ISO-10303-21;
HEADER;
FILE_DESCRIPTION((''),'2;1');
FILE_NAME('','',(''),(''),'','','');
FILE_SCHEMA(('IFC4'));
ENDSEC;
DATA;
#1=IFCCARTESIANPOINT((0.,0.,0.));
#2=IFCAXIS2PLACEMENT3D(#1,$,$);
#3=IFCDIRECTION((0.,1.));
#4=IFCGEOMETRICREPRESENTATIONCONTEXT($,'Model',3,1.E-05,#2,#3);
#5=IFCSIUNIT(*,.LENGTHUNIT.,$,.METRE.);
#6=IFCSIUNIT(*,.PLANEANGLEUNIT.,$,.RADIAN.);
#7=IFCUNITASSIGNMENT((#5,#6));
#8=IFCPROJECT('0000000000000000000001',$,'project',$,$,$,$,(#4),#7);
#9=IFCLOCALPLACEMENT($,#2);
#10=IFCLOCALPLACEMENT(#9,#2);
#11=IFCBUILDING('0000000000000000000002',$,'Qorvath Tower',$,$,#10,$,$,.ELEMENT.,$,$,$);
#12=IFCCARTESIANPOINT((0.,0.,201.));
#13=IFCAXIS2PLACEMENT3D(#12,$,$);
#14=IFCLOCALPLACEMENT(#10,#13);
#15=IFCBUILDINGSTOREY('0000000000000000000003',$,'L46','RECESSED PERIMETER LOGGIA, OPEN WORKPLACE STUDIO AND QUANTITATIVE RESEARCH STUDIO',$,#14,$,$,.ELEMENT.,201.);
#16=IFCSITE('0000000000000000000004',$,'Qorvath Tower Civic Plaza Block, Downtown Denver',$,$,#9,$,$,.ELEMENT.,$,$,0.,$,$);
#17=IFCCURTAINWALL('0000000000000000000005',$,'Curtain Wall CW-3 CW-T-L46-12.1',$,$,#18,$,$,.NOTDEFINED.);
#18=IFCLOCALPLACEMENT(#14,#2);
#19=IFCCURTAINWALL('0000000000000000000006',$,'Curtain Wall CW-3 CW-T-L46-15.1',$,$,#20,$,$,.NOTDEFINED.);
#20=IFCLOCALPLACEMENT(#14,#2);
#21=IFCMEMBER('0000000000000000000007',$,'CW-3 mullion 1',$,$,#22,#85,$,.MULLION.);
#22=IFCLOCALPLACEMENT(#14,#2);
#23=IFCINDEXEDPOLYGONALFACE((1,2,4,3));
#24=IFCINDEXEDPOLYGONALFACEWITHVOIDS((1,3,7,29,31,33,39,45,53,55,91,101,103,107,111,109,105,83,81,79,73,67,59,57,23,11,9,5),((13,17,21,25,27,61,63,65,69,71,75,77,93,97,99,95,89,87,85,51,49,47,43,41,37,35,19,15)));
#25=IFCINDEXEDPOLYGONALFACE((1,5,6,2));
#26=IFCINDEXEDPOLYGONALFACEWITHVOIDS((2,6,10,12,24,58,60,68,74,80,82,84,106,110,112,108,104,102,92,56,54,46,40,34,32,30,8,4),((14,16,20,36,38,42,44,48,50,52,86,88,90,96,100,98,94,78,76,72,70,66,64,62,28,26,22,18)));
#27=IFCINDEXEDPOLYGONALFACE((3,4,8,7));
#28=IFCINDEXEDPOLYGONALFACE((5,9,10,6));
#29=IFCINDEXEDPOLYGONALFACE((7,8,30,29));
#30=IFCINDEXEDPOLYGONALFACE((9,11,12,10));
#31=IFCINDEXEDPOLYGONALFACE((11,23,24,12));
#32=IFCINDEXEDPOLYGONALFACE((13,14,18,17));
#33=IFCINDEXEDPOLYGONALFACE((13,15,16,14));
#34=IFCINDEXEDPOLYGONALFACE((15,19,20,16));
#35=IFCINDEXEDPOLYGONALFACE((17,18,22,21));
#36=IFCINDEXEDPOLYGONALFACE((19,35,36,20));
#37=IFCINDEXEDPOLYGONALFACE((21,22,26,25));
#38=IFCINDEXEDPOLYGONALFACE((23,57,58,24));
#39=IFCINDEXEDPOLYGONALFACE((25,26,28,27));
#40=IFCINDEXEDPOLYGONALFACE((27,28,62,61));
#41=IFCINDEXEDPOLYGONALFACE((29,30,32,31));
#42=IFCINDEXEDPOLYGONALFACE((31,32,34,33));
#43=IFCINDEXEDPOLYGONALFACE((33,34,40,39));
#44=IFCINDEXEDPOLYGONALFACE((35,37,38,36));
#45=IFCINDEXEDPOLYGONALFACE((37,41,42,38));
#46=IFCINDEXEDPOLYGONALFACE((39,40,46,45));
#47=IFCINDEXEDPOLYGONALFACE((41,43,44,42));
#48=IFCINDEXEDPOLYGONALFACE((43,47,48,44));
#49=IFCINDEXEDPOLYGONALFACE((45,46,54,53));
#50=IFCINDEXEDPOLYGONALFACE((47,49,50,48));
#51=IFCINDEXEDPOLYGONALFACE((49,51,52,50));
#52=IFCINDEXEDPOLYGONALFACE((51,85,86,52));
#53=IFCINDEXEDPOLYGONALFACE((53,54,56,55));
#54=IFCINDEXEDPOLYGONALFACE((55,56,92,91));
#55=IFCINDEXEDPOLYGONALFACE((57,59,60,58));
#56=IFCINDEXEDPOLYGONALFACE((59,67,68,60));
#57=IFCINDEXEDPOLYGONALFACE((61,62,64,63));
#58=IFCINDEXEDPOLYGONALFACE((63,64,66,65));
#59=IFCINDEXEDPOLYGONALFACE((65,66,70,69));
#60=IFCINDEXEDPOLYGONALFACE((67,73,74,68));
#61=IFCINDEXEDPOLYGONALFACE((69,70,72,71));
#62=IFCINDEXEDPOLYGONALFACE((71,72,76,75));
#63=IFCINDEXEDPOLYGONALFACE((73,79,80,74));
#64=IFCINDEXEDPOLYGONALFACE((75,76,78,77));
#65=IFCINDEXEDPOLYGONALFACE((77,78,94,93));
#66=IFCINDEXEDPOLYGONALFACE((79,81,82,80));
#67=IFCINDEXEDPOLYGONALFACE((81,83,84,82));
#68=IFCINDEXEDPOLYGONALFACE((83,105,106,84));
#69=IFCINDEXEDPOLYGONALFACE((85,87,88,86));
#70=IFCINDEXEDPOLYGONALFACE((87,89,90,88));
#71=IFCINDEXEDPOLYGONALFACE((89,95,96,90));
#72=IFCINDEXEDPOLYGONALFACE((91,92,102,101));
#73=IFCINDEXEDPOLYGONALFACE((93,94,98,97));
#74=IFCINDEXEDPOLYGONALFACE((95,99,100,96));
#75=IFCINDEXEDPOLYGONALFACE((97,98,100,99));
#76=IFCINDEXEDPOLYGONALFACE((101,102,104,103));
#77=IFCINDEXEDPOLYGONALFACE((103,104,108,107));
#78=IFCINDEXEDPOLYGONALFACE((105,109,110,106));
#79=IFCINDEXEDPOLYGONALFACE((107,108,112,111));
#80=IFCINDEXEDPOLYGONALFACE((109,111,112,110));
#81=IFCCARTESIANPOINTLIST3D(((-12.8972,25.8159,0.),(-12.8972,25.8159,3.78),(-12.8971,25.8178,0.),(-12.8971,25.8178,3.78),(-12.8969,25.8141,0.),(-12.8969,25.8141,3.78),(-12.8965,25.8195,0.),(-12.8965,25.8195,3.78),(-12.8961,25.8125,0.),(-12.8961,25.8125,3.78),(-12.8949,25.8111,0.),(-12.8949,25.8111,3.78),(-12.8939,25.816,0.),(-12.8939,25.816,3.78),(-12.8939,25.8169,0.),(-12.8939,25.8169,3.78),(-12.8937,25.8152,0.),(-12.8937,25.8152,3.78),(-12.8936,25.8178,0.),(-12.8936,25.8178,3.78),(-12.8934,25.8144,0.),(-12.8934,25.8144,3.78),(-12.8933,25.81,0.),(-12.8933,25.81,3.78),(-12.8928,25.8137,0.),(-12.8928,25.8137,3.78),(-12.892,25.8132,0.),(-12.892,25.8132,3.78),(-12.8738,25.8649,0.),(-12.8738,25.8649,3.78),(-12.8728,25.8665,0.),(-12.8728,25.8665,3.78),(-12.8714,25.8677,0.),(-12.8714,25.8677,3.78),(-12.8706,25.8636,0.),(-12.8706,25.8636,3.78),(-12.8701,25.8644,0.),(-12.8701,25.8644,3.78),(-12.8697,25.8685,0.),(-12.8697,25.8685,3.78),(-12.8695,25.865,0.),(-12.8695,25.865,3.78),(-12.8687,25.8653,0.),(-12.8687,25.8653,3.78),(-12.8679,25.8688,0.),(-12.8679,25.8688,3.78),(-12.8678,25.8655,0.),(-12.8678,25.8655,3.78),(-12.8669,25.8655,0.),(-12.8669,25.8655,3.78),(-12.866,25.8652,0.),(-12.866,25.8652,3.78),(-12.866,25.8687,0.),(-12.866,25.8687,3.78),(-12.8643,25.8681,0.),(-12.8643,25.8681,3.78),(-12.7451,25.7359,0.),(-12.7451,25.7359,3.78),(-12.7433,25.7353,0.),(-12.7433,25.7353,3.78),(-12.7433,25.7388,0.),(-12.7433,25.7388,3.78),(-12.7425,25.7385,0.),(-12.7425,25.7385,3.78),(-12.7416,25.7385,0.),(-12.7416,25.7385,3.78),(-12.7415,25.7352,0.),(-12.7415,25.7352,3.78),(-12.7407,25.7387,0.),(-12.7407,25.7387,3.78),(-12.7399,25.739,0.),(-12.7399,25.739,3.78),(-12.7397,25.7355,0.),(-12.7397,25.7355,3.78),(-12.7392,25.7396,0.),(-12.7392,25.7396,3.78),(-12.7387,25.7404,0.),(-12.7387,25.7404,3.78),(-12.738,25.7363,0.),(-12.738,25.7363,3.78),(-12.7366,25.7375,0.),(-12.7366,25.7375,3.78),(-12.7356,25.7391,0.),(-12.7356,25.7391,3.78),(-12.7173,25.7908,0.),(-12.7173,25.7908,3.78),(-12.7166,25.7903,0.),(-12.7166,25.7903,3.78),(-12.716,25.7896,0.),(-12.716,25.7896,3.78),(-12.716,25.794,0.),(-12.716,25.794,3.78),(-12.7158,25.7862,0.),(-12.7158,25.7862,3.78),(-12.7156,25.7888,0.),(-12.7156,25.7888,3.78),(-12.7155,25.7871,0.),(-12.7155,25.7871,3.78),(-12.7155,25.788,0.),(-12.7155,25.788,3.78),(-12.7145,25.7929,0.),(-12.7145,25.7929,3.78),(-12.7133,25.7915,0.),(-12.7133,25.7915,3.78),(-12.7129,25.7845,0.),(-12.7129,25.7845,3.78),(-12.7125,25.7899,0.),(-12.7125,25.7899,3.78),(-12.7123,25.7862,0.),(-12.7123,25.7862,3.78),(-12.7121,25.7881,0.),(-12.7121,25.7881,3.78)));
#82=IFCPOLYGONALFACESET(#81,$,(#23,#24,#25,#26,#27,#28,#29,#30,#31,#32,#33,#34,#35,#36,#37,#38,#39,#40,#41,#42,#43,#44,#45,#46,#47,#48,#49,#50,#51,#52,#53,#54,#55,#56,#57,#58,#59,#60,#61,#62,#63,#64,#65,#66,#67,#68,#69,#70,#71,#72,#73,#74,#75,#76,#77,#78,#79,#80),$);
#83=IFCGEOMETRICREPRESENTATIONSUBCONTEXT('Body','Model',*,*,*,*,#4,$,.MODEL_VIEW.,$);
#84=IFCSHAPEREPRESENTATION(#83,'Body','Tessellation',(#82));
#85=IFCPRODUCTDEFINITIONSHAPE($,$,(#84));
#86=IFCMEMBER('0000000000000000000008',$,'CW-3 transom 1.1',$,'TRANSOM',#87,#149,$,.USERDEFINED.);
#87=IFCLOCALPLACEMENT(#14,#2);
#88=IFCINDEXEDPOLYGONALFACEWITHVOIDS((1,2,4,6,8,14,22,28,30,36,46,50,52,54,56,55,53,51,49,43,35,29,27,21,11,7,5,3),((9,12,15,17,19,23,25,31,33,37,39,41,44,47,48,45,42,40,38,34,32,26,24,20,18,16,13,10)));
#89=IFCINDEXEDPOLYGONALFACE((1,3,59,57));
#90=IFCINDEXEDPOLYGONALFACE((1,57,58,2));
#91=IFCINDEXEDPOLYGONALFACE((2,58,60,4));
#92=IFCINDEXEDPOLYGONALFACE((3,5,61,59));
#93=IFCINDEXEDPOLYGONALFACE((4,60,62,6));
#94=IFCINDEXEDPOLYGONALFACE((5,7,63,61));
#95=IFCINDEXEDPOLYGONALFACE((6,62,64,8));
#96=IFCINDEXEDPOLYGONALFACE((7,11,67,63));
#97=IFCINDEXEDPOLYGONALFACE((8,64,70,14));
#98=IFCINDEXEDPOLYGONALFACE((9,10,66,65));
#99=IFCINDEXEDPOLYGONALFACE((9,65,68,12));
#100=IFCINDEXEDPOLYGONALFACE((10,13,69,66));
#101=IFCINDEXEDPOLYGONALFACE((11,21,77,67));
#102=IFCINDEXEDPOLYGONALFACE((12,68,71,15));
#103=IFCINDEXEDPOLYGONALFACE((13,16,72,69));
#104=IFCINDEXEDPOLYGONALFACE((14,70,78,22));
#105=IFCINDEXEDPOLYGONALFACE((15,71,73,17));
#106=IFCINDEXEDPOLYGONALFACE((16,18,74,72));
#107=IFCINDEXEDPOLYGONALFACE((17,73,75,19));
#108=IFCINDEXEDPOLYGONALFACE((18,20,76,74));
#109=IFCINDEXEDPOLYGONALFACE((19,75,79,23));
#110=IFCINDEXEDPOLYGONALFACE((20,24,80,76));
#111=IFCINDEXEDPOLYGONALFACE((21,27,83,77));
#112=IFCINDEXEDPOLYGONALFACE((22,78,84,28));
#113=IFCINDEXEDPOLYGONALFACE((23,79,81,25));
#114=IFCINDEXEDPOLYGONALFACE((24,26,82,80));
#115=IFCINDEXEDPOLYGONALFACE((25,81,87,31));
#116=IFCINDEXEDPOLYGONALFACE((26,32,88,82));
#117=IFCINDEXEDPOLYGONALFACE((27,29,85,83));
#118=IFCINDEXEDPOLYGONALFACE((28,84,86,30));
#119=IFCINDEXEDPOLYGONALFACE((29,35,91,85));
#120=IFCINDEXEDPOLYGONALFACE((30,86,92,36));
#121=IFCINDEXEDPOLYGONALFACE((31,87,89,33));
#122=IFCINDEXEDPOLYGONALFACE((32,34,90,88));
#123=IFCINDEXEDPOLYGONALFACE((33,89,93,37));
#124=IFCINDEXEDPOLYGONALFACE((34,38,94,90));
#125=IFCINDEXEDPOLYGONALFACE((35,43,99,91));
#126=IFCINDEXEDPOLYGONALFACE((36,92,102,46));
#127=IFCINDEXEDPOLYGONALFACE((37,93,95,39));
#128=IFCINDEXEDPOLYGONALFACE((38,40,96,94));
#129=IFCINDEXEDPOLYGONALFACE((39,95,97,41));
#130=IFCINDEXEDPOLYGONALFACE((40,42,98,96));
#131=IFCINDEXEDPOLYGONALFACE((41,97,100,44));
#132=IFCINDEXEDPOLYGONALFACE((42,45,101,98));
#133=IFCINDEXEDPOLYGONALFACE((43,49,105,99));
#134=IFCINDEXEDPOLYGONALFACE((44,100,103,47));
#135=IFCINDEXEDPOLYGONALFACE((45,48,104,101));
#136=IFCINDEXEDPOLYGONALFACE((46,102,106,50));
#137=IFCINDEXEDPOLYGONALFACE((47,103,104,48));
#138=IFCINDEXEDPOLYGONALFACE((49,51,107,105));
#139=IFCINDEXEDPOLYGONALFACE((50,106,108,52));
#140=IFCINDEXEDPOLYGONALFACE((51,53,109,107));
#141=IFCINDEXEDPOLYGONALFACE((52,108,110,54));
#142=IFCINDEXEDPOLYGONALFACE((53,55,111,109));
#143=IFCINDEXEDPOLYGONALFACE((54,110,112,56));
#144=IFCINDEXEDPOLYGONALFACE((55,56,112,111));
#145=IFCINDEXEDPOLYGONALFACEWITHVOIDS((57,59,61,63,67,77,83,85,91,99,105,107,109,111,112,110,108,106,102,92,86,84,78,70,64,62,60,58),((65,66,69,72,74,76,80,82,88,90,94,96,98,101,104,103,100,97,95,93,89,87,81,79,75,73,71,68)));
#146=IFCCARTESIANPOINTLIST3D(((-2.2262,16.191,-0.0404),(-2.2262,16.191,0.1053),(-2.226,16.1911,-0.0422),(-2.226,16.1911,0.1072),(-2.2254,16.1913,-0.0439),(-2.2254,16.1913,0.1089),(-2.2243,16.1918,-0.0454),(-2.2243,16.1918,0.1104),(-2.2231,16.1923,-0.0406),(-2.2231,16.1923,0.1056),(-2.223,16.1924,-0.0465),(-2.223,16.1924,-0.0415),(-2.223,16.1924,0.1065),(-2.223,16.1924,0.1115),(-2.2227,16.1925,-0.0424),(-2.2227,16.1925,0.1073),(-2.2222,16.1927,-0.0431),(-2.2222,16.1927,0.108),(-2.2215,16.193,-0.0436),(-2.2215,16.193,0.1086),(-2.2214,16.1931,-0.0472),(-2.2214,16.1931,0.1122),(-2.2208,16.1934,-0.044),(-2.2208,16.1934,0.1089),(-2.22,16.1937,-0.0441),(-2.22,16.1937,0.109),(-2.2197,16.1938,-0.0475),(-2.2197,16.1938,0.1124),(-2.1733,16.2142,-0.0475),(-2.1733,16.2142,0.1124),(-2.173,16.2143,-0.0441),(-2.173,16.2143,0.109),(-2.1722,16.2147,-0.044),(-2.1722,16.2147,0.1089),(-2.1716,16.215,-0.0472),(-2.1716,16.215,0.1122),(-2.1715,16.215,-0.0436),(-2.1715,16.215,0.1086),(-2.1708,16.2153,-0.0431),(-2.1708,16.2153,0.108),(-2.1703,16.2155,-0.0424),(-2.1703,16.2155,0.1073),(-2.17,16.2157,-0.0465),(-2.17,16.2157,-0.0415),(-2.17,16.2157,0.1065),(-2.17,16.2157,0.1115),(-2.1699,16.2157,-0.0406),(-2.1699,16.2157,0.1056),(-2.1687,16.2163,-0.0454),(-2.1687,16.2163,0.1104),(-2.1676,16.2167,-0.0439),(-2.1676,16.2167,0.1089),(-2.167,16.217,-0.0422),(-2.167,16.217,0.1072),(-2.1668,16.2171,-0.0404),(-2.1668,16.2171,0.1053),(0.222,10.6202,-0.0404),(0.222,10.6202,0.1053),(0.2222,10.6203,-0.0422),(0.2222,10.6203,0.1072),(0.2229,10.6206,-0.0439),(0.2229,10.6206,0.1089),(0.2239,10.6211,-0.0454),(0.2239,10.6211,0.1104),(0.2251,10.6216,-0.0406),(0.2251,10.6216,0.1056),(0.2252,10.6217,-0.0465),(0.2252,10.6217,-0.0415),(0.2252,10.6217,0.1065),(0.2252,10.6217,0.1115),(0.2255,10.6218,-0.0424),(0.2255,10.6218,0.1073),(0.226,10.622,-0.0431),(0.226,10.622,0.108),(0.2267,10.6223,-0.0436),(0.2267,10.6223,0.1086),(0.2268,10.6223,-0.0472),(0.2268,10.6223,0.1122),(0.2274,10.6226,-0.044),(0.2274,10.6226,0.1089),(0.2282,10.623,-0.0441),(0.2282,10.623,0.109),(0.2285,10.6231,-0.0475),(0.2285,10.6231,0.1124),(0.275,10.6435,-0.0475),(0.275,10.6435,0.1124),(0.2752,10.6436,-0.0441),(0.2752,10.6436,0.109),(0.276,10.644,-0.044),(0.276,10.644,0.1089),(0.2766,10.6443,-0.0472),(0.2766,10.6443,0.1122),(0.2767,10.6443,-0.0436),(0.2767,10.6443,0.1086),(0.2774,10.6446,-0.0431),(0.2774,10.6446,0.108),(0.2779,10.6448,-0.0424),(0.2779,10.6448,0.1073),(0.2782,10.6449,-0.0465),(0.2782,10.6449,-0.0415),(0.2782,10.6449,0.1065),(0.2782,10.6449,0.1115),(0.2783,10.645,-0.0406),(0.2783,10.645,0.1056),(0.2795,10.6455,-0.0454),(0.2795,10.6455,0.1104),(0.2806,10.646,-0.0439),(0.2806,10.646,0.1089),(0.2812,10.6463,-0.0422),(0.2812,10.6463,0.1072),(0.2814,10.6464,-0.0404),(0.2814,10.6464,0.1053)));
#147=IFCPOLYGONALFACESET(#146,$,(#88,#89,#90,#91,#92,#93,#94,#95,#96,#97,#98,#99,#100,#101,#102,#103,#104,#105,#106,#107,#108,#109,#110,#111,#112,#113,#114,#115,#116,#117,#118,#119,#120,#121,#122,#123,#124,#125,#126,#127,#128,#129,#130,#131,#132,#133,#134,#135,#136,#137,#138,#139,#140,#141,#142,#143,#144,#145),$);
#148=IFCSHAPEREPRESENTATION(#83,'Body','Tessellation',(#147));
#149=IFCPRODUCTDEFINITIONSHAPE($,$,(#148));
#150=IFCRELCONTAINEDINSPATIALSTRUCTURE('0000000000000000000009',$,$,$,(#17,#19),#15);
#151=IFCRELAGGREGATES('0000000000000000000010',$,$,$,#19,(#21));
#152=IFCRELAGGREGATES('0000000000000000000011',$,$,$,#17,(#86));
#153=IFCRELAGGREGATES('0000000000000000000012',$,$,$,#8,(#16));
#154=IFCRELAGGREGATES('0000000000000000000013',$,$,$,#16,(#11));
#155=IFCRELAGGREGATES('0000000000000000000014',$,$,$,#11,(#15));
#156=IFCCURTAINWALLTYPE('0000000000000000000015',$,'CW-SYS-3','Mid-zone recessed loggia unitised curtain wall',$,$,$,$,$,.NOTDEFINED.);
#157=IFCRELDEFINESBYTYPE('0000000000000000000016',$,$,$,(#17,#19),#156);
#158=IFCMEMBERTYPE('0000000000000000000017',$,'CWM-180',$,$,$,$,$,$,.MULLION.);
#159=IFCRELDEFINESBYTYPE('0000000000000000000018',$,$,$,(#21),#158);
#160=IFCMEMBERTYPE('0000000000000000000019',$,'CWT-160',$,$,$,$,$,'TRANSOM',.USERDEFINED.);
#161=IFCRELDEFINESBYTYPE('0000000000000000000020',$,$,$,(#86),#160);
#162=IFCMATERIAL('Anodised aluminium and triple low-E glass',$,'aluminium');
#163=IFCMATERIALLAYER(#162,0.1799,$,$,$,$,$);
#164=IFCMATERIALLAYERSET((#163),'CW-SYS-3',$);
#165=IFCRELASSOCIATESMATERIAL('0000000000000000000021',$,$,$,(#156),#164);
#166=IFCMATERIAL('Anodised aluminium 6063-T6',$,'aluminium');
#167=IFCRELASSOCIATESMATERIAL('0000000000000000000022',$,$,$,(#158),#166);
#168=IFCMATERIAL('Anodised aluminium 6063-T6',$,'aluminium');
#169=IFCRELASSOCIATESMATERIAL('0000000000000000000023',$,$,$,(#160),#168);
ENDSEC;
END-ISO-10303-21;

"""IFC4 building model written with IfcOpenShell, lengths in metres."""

from ifc_helpers import new_model, si_unit, direction, frame, origin, origin_2d, place, context, subcontext, project, spatial, hollow_rectangle, extrude, material, layer, layer_set, material_profile, profile_set, type_object, element, aggregate, save


model = new_model("IFC4")

# Units and contexts
model_context = context("Model", 3, precision=1e-05, world=origin(), true_north=direction((0.0, 1.0)))
body_context = subcontext(model_context, "Body", "Model", "MODEL_VIEW")
ifc_project = project(units=[si_unit("LENGTHUNIT", "METRE"), si_unit("PLANEANGLEUNIT", "RADIAN")], contexts=[model_context])

# Site, building, storey
site_placement = place(None, origin())
site = spatial("IfcSite", under=ifc_project, at=site_placement, Name="Qorvath Tower Civic Plaza Block, Downtown Denver", CompositionType="ELEMENT", RefElevation=0.0)
building_placement = place(site_placement, origin())
building = spatial("IfcBuilding", under=site, at=building_placement, Name="Qorvath Tower", CompositionType="ELEMENT")
storey_placement = place(building_placement, frame((0.0, 0.0, 201.0)))
storey = spatial("IfcBuildingStorey", under=building, at=storey_placement, Name="L46", Description="RECESSED PERIMETER LOGGIA, OPEN WORKPLACE STUDIO AND QUANTITATIVE RESEARCH STUDIO", CompositionType="ELEMENT", Elevation=201.0)

# Shared definitions
ifc_material_1 = material(Name="Anodised aluminium and triple low-E glass", Category="aluminium")
ifc_layer_1 = layer(ifc_material_1, 0.1799)
ifc_layer_set_1 = layer_set([ifc_layer_1], Name="CW-SYS-3")
curtain_wall_type = type_object("IfcCurtainWallType", Name="CW-SYS-3", Description="Mid-zone recessed loggia unitised curtain wall", PredefinedType="NOTDEFINED", material=ifc_layer_set_1)
ifc_material_2 = material(Name="Anodised aluminium 6063-T6", Category="aluminium")
ifc_material_profile_1 = material_profile(ifc_material_2, hollow_rectangle(XDim=0.0649, YDim=0.1799, WallThickness=0.0034, InnerFilletRadius=0.0034, OuterFilletRadius=0.0071, at=origin_2d()), Name="CWM 180x65")
ifc_profile_set_1 = profile_set([ifc_material_profile_1], Name="Anodised aluminium 6063-T6")
member_type_1 = type_object("IfcMemberType", Name="CWM-180", PredefinedType="MULLION", material=ifc_profile_set_1)

# Curtain wall
curtain_wall_1_placement = place(storey_placement, origin())
curtain_wall_1 = element("IfcCurtainWall", 1, at=curtain_wall_1_placement, inside=storey, type_object=curtain_wall_type, Name="Curtain Wall CW-3 CW-T-L46-12.1", PredefinedType="NOTDEFINED")

# Curtain wall, member
curtain_wall_2_placement = place(storey_placement, origin())
curtain_wall_2 = element("IfcCurtainWall", 2, at=curtain_wall_2_placement, inside=storey, type_object=curtain_wall_type, Name="Curtain Wall CW-3 CW-T-L46-15.1", PredefinedType="NOTDEFINED")
member_1_placement = place(storey_placement, frame((-12.8047, 25.802, 0.0), z_axis=(0.0, 0.0, 1.0), x_axis=(-0.447205, -0.894432, 0.0)))
member_1 = element("IfcMember", 3, at=member_1_placement, type_object=member_type_1, Name="CW-3 mullion 1", PredefinedType="MULLION", context=body_context, shape_type="SweptSolid", body=[
    extrude(hollow_rectangle(XDim=0.0649, YDim=0.1799, WallThickness=0.0034, InnerFilletRadius=0.0034, OuterFilletRadius=0.0071, at=origin_2d()), origin(), (0.0, 0.0, 1.0), 3.78),
])

# Member
ifc_material_3 = material(Name="Anodised aluminium 6063-T6", Category="aluminium")
ifc_material_profile_2 = material_profile(ifc_material_3, hollow_rectangle(XDim=0.0649, YDim=0.1599, WallThickness=0.0034, InnerFilletRadius=0.0034, OuterFilletRadius=0.0071, at=origin_2d()), Name="CWT 160x65")
ifc_profile_set_2 = profile_set([ifc_material_profile_2], Name="Anodised aluminium 6063-T6")
member_type_2 = type_object("IfcMemberType", Name="CWT-160", ElementType="TRANSOM", PredefinedType="USERDEFINED", material=ifc_profile_set_2)
member_2_placement = place(storey_placement, frame((0.2517, 10.6333, 0.0325), z_axis=(-0.402338, 0.915491, 0.0), x_axis=(-0.915491, -0.402338, 0.0)))
member_2 = element("IfcMember", 4, at=member_2_placement, type_object=member_type_2, Name="CW-3 transom 1.1", ObjectType="TRANSOM", PredefinedType="USERDEFINED", context=body_context, shape_type="SweptSolid", body=[
    extrude(hollow_rectangle(XDim=0.0649, YDim=0.1599, WallThickness=0.0034, InnerFilletRadius=0.0034, OuterFilletRadius=0.0071, at=origin_2d()), origin(), (0.0, 0.0, 1.0), 6.085),
])
aggregate(curtain_wall_2, [member_1])

aggregate(curtain_wall_1, [member_2])

save(model, "model.ifc")
